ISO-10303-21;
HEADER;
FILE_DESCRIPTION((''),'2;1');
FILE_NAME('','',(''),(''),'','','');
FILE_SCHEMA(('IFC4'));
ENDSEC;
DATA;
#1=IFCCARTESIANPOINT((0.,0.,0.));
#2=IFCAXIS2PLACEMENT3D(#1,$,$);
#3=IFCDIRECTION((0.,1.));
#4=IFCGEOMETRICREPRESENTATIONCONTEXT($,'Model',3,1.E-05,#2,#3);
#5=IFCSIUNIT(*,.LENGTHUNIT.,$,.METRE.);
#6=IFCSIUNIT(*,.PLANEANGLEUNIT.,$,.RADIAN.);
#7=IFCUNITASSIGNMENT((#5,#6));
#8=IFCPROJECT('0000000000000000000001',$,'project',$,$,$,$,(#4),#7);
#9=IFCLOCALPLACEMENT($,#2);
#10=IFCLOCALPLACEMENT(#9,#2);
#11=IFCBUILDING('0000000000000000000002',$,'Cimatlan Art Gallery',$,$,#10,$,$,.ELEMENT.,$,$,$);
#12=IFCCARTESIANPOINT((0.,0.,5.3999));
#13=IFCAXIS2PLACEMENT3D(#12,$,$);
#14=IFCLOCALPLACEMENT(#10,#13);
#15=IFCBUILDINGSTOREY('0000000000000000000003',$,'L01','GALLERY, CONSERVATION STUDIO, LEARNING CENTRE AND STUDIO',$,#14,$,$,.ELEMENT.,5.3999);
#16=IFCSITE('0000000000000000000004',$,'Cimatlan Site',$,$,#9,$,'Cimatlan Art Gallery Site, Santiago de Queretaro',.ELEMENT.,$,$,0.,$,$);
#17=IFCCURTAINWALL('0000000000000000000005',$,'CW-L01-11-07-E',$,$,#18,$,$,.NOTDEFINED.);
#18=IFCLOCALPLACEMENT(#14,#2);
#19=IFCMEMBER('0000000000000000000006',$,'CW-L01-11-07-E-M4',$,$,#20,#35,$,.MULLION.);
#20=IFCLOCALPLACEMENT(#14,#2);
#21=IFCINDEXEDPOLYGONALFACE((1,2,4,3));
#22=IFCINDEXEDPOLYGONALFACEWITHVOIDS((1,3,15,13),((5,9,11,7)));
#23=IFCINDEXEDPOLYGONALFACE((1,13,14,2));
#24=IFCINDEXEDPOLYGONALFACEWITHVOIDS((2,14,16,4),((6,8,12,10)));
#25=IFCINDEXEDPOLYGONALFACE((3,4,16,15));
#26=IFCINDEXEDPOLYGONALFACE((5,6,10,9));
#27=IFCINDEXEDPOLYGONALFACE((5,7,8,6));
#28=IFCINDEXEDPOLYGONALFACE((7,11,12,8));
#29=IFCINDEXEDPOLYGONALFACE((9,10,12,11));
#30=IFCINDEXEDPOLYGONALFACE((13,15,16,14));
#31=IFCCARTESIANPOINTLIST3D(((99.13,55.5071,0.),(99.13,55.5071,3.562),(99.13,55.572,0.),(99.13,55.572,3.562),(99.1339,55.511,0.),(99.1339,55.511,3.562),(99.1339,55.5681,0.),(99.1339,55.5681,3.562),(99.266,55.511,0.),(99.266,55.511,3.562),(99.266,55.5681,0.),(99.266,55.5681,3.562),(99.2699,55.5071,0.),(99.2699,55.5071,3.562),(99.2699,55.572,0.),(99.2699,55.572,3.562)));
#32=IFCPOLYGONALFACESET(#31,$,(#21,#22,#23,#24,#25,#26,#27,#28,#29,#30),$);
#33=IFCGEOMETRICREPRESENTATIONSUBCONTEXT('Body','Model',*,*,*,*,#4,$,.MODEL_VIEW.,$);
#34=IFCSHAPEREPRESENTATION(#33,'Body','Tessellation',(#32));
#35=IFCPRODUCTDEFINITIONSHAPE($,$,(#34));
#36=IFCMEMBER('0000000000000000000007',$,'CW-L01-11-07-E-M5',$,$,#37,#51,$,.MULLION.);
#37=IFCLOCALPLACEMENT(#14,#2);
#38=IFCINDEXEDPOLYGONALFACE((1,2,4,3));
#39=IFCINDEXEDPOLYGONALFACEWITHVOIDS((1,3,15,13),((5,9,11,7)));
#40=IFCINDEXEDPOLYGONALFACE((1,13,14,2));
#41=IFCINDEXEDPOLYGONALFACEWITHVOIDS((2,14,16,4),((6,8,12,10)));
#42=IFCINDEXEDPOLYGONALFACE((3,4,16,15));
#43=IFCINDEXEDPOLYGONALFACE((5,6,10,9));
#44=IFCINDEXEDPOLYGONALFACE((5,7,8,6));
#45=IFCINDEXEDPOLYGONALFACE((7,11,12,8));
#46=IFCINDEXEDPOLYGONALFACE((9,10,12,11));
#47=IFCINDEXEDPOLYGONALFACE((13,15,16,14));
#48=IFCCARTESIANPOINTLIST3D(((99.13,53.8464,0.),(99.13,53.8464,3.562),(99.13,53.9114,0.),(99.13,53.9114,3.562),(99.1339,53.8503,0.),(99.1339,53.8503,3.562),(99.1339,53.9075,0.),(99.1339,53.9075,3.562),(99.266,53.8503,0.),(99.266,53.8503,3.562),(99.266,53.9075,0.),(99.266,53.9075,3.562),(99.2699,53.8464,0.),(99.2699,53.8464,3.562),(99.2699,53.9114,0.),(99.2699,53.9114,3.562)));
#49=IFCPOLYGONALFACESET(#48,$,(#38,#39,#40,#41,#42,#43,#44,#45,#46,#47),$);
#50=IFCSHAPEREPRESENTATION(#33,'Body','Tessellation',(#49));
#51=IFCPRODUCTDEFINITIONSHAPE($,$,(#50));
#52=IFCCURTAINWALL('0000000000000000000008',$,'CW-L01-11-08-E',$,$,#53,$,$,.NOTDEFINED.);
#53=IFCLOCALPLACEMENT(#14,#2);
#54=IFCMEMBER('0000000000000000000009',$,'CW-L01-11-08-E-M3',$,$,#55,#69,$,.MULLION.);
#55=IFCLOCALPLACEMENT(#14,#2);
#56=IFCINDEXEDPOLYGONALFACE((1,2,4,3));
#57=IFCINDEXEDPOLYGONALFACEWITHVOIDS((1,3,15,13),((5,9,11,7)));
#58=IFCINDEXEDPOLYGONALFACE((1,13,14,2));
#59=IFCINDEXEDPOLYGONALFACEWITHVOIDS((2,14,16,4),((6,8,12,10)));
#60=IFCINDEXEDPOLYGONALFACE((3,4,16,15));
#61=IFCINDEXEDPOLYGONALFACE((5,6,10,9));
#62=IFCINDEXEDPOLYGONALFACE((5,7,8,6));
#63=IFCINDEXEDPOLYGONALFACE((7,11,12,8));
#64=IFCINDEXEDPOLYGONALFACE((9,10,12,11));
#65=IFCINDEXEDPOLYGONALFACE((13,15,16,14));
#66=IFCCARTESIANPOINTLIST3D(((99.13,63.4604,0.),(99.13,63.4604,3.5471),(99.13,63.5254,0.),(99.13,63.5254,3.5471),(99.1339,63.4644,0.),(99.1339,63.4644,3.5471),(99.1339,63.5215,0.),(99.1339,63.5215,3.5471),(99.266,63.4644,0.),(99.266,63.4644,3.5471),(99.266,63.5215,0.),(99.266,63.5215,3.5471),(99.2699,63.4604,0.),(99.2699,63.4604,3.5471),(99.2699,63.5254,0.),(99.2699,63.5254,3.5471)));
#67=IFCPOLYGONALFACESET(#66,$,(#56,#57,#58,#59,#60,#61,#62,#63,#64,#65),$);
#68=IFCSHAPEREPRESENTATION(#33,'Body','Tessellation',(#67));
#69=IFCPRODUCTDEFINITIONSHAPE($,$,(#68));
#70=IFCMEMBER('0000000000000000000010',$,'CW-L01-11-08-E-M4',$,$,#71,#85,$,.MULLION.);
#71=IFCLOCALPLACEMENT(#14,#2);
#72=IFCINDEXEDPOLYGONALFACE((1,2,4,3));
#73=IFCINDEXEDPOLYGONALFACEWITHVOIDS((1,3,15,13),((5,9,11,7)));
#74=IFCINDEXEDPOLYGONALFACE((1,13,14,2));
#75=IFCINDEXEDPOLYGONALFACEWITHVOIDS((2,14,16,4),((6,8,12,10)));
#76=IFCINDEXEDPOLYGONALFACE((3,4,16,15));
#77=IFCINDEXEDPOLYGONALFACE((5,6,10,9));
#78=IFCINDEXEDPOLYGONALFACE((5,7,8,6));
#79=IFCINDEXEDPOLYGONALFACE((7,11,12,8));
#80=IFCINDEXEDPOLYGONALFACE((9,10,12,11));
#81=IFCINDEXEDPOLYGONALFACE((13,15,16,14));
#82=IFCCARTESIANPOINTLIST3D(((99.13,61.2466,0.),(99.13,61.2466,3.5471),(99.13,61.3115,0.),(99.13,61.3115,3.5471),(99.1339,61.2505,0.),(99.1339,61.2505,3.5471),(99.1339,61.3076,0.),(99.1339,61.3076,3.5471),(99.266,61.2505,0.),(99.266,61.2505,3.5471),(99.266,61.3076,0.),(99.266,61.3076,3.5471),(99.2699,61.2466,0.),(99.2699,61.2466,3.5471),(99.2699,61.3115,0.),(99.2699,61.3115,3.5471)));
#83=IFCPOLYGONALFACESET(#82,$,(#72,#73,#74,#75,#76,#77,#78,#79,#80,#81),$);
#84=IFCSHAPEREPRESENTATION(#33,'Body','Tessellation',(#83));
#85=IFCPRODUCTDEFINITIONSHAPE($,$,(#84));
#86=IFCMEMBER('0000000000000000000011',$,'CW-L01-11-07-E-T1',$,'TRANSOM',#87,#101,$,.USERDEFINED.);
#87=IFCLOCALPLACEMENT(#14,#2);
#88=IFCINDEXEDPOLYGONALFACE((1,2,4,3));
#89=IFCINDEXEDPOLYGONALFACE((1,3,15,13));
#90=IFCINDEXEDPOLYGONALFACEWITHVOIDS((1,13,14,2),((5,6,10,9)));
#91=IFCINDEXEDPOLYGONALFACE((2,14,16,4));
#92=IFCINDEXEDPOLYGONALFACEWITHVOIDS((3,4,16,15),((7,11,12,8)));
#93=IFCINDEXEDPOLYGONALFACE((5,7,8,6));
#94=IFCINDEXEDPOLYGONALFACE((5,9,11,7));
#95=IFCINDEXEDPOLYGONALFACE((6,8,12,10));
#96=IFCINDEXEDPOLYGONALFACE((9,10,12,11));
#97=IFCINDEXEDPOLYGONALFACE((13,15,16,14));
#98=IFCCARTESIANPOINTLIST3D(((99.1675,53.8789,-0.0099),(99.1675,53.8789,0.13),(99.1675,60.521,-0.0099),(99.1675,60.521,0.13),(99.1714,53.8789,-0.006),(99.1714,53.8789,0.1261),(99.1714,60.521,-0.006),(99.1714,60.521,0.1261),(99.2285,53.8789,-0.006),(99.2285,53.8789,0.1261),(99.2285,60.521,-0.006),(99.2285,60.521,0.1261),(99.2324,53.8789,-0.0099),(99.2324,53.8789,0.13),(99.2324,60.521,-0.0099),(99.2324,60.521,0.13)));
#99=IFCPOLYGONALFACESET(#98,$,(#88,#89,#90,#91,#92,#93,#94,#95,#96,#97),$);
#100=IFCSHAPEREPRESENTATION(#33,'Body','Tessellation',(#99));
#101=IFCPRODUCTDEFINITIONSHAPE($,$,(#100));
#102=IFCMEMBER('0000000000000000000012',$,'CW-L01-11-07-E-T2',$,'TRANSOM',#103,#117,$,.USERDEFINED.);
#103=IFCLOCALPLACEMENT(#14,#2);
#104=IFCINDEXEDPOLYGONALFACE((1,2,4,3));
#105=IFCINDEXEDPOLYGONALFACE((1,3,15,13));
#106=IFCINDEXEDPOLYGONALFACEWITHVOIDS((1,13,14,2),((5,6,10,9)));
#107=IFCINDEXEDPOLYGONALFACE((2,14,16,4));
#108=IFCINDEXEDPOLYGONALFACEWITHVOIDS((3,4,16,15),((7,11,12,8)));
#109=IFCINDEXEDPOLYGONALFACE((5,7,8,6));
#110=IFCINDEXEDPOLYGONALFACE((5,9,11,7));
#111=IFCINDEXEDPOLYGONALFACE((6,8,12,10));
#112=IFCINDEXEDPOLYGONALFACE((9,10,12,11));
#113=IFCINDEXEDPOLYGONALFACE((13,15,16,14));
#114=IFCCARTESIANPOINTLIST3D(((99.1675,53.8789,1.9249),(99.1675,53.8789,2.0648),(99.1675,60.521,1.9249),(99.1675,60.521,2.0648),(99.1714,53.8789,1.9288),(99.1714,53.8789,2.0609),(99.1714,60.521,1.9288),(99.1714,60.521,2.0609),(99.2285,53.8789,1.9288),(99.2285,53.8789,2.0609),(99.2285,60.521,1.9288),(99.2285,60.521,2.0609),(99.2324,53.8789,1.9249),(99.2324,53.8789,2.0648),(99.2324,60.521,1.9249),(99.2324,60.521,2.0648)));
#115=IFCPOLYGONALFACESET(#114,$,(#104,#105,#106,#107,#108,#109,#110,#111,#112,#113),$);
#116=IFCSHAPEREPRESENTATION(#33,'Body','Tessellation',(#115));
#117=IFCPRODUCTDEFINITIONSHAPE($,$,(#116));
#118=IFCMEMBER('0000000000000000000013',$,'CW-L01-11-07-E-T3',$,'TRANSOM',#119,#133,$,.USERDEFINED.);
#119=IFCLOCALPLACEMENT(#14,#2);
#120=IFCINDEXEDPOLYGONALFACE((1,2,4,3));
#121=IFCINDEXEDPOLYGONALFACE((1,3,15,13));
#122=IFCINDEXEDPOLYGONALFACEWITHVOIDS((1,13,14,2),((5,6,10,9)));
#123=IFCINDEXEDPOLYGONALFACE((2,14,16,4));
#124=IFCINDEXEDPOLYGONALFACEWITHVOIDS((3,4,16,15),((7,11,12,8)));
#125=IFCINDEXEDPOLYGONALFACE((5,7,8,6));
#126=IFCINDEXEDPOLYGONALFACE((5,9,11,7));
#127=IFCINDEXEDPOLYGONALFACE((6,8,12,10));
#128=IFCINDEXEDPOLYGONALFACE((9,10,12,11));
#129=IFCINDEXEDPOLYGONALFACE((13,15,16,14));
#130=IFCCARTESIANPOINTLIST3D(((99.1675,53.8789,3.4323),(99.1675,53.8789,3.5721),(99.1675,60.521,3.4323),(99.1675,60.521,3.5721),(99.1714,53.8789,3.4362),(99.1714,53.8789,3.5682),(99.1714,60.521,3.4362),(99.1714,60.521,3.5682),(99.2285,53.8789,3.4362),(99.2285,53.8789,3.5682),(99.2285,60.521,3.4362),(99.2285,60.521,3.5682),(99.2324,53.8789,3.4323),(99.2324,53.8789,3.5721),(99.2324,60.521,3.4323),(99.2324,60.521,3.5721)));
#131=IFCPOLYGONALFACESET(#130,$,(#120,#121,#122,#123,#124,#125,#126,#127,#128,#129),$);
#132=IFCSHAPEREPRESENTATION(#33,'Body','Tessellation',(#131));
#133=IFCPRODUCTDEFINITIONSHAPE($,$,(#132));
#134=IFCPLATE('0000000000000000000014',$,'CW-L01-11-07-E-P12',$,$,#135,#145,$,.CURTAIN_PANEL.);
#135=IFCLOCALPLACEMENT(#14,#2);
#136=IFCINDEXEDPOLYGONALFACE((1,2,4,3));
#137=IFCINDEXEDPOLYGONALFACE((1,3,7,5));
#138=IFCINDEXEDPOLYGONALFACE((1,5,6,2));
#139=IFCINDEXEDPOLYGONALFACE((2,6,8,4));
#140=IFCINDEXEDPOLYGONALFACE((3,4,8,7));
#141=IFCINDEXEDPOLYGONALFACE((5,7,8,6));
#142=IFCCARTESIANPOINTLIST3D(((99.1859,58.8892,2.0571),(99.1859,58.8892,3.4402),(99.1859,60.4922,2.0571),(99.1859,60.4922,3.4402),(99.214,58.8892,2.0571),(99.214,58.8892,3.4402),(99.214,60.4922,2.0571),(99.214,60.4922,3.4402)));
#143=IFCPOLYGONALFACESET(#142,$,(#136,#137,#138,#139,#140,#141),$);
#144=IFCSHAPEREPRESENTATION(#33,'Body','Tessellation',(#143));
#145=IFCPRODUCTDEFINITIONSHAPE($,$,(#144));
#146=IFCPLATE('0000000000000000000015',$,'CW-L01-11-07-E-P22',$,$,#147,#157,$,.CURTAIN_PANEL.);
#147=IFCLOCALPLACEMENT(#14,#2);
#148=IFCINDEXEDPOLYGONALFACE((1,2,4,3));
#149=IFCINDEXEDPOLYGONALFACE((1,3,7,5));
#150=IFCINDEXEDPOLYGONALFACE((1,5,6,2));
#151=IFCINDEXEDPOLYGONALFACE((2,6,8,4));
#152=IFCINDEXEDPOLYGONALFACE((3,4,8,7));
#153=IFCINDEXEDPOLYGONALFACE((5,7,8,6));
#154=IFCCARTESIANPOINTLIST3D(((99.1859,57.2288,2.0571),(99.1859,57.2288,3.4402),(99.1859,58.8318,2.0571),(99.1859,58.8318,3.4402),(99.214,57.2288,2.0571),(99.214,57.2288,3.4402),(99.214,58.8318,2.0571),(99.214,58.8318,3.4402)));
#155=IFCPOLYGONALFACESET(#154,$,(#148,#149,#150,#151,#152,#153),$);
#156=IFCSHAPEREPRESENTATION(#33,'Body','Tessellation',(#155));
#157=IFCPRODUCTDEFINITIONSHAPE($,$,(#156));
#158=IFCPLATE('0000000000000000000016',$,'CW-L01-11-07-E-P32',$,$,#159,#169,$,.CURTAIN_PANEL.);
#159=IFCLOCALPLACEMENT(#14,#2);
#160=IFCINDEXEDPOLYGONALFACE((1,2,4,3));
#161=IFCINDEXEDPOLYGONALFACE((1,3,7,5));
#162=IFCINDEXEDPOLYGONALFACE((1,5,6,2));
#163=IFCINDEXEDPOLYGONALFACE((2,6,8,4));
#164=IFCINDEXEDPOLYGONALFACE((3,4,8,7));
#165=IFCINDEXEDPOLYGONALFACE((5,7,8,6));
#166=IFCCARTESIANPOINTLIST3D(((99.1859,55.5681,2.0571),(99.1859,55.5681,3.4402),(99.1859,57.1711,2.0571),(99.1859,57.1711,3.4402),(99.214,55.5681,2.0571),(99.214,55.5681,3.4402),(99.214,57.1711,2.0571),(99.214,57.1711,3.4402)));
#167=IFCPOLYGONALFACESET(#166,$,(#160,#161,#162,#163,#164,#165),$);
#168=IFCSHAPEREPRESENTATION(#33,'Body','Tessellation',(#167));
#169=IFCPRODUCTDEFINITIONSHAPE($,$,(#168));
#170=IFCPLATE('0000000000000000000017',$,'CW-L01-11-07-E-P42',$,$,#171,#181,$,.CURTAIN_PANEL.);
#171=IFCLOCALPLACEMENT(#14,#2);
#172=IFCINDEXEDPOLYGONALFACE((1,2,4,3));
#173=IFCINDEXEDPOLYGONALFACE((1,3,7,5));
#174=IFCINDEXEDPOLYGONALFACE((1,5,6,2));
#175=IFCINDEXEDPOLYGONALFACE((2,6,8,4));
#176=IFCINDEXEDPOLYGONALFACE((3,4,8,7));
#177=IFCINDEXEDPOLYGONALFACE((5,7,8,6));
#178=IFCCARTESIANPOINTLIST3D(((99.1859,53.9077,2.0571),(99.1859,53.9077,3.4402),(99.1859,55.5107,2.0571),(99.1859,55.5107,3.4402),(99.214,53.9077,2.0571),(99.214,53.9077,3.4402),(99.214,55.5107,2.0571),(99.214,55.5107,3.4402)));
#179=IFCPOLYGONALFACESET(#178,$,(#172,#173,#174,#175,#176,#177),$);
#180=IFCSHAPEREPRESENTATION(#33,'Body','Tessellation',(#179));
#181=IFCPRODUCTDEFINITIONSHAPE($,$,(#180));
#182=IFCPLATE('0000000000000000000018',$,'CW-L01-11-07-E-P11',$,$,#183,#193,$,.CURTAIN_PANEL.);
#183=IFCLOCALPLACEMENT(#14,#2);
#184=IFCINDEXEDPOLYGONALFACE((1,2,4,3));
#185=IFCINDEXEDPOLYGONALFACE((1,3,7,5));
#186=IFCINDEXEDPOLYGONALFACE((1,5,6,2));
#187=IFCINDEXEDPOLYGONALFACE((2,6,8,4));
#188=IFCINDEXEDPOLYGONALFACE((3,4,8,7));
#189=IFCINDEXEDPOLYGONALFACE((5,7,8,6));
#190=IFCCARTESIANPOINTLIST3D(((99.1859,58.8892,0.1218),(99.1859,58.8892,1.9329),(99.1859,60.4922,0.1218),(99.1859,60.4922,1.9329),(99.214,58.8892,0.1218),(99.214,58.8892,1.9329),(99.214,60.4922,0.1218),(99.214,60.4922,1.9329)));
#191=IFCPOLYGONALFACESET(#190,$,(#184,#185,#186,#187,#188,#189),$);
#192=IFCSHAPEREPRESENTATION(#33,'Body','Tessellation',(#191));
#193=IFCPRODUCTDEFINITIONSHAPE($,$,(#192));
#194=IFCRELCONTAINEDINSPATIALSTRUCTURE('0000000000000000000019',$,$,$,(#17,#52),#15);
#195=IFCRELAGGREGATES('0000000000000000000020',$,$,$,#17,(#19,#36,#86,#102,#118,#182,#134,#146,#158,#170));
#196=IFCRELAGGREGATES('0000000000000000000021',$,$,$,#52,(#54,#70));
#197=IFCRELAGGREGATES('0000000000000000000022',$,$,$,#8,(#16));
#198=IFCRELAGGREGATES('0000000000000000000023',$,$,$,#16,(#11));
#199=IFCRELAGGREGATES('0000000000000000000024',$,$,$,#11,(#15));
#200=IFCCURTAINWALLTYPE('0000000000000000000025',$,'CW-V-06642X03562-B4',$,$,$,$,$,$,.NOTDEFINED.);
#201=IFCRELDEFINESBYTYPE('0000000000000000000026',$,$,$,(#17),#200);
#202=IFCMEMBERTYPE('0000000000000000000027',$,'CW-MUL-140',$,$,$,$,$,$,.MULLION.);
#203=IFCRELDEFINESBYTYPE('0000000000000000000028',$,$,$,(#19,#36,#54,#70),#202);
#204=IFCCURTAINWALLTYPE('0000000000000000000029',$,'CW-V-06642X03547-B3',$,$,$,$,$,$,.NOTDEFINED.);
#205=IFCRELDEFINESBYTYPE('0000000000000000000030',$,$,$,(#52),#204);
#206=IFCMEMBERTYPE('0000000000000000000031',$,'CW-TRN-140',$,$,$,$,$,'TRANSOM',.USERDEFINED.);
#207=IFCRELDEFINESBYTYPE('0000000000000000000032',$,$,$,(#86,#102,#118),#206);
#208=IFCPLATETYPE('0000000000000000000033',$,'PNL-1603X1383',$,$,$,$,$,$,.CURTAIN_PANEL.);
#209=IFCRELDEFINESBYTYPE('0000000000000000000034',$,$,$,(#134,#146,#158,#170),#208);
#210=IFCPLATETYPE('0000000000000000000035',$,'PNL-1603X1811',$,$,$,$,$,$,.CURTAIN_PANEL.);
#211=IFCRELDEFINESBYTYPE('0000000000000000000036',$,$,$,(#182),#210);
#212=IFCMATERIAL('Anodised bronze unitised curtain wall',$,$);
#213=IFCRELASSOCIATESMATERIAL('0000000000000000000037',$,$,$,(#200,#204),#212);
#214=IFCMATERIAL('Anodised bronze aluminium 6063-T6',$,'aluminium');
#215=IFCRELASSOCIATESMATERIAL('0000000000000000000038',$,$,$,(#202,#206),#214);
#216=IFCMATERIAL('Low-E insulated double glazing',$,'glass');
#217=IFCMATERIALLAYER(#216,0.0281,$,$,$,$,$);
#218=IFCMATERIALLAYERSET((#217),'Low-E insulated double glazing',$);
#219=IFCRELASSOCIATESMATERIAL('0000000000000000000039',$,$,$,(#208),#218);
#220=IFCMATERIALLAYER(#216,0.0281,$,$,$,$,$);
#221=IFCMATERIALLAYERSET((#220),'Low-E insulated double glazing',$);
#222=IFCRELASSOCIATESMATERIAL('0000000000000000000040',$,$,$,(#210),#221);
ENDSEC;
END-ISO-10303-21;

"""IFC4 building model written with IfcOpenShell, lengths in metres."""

from ifc_helpers import new_model, si_unit, direction, frame, origin, origin_2d, place, context, subcontext, project, spatial, rectangle, hollow_rectangle, extrude, material, layer, layer_set, material_profile, profile_set, type_object, element, aggregate, save


model = new_model("IFC4")

# Units and contexts
model_context = context("Model", 3, precision=1e-05, world=origin(), true_north=direction((0.0, 1.0)))
body_context = subcontext(model_context, "Body", "Model", "MODEL_VIEW")
ifc_project = project(units=[si_unit("LENGTHUNIT", "METRE"), si_unit("PLANEANGLEUNIT", "RADIAN")], contexts=[model_context])

# Site, building, storey
site_placement = place(None, origin())
site = spatial("IfcSite", under=ifc_project, at=site_placement, Name="Cimatlan Site", LongName="Cimatlan Art Gallery Site, Santiago de Queretaro", CompositionType="ELEMENT", RefElevation=0.0)
building_placement = place(site_placement, origin())
building = spatial("IfcBuilding", under=site, at=building_placement, Name="Cimatlan Art Gallery", CompositionType="ELEMENT")
storey_placement = place(building_placement, frame((0.0, 0.0, 5.3999)))
storey = spatial("IfcBuildingStorey", under=building, at=storey_placement, Name="L01", Description="GALLERY, CONSERVATION STUDIO, LEARNING CENTRE AND STUDIO", CompositionType="ELEMENT", Elevation=5.3999)

# Curtain walls, members
ifc_material_1 = material(Name="Anodised bronze unitised curtain wall")
curtain_wall_type_1 = type_object("IfcCurtainWallType", Name="CW-V-06642X03562-B4", PredefinedType="NOTDEFINED", material=ifc_material_1)
curtain_wall_1_placement = place(storey_placement, origin())
curtain_wall_1 = element("IfcCurtainWall", 1, at=curtain_wall_1_placement, inside=storey, type_object=curtain_wall_type_1, Name="CW-L01-11-07-E", PredefinedType="NOTDEFINED")
ifc_material_2 = material(Name="Anodised bronze aluminium 6063-T6", Category="aluminium")
ifc_material_profile_1 = material_profile(ifc_material_2, hollow_rectangle(XDim=0.0649, YDim=0.1399, WallThickness=0.0039, at=origin_2d()), Name="ALU65X140X4")
ifc_profile_set_1 = profile_set([ifc_material_profile_1], Name="Anodised bronze aluminium 6063-T6")
member_type_1 = type_object("IfcMemberType", Name="CW-MUL-140", PredefinedType="MULLION", material=ifc_profile_set_1)
member_1_placement = place(storey_placement, frame((99.2, 55.5396, 0.0), z_axis=(0.0, 0.0, 1.0), x_axis=(0.0, 1.0, 0.0)))
member_1 = element("IfcMember", 2, at=member_1_placement, type_object=member_type_1, Name="CW-L01-11-07-E-M4", PredefinedType="MULLION", context=body_context, shape_type="SweptSolid", body=[
    extrude(hollow_rectangle(XDim=0.0649, YDim=0.1399, WallThickness=0.0039, at=origin_2d()), origin(), (0.0, 0.0, 1.0), 3.562),
])
member_2_placement = place(storey_placement, frame((99.2, 53.8789, 0.0), z_axis=(0.0, 0.0, 1.0), x_axis=(0.0, 1.0, 0.0)))
member_2 = element("IfcMember", 3, at=member_2_placement, type_object=member_type_1, Name="CW-L01-11-07-E-M5", PredefinedType="MULLION", context=body_context, shape_type="SweptSolid", body=[
    extrude(hollow_rectangle(XDim=0.0649, YDim=0.1399, WallThickness=0.0039, at=origin_2d()), origin(), (0.0, 0.0, 1.0), 3.562),
])
curtain_wall_type_2 = type_object("IfcCurtainWallType", Name="CW-V-06642X03547-B3", PredefinedType="NOTDEFINED", material=ifc_material_1)
curtain_wall_2_placement = place(storey_placement, origin())
curtain_wall_2 = element("IfcCurtainWall", 4, at=curtain_wall_2_placement, inside=storey, type_object=curtain_wall_type_2, Name="CW-L01-11-08-E", PredefinedType="NOTDEFINED")
member_3_placement = place(storey_placement, frame((99.2, 63.4929, 0.0), z_axis=(0.0, 0.0, 1.0), x_axis=(0.0, 1.0, 0.0)))
member_3 = element("IfcMember", 5, at=member_3_placement, type_object=member_type_1, Name="CW-L01-11-08-E-M3", PredefinedType="MULLION", context=body_context, shape_type="SweptSolid", body=[
    extrude(hollow_rectangle(XDim=0.0649, YDim=0.1399, WallThickness=0.0039, at=origin_2d()), origin(), (0.0, 0.0, 1.0), 3.5471),
])
member_4_placement = place(storey_placement, frame((99.2, 61.2791, 0.0), z_axis=(0.0, 0.0, 1.0), x_axis=(0.0, 1.0, 0.0)))
member_4 = element("IfcMember", 6, at=member_4_placement, type_object=member_type_1, Name="CW-L01-11-08-E-M4", PredefinedType="MULLION", context=body_context, shape_type="SweptSolid", body=[
    extrude(hollow_rectangle(XDim=0.0649, YDim=0.1399, WallThickness=0.0039, at=origin_2d()), origin(), (0.0, 0.0, 1.0), 3.5471),
])

# Members
ifc_material_profile_2 = material_profile(ifc_material_2, hollow_rectangle(XDim=0.0649, YDim=0.1399, WallThickness=0.0039, at=origin_2d()), Name="ALU65X140X4")
ifc_profile_set_2 = profile_set([ifc_material_profile_2], Name="Anodised bronze aluminium 6063-T6")
member_type_2 = type_object("IfcMemberType", Name="CW-TRN-140", ElementType="TRANSOM", PredefinedType="USERDEFINED", material=ifc_profile_set_2)
member_5_placement = place(storey_placement, frame((99.2, 60.521, 0.0601), z_axis=(0.0, -1.0, 0.0), x_axis=(1.0, 0.0, 0.0)))
member_5 = element("IfcMember", 7, at=member_5_placement, type_object=member_type_2, Name="CW-L01-11-07-E-T1", ObjectType="TRANSOM", PredefinedType="USERDEFINED", context=body_context, shape_type="SweptSolid", body=[
    extrude(hollow_rectangle(XDim=0.0649, YDim=0.1399, WallThickness=0.0039, at=origin_2d()), origin(), (0.0, 0.0, 1.0), 6.6421),
])
member_6_placement = place(storey_placement, frame((99.2, 60.521, 1.9949), z_axis=(0.0, -1.0, 0.0), x_axis=(1.0, 0.0, 0.0)))
member_6 = element("IfcMember", 8, at=member_6_placement, type_object=member_type_2, Name="CW-L01-11-07-E-T2", ObjectType="TRANSOM", PredefinedType="USERDEFINED", context=body_context, shape_type="SweptSolid", body=[
    extrude(hollow_rectangle(XDim=0.0649, YDim=0.1399, WallThickness=0.0039, at=origin_2d()), origin(), (0.0, 0.0, 1.0), 6.6421),
])
member_7_placement = place(storey_placement, frame((99.2, 60.521, 3.5022), z_axis=(0.0, -1.0, 0.0), x_axis=(1.0, 0.0, 0.0)))
member_7 = element("IfcMember", 9, at=member_7_placement, type_object=member_type_2, Name="CW-L01-11-07-E-T3", ObjectType="TRANSOM", PredefinedType="USERDEFINED", context=body_context, shape_type="SweptSolid", body=[
    extrude(hollow_rectangle(XDim=0.0649, YDim=0.1399, WallThickness=0.0039, at=origin_2d()), origin(), (0.0, 0.0, 1.0), 6.6421),
])

# Plates
ifc_material_3 = material(Name="Low-E insulated double glazing", Category="glass")
ifc_layer_1 = layer(ifc_material_3, 0.0281)
ifc_layer_set_1 = layer_set([ifc_layer_1], Name="Low-E insulated double glazing")
plate_type_1 = type_object("IfcPlateType", Name="PNL-1603X1383", PredefinedType="CURTAIN_PANEL", material=ifc_layer_set_1)
plate_1_placement = place(storey_placement, frame((99.2, 59.6907, 2.0571), z_axis=(0.0, 0.0, 1.0), x_axis=(0.0, -1.0, 0.0)))
plate_1 = element("IfcPlate", 10, at=plate_1_placement, type_object=plate_type_1, Name="CW-L01-11-07-E-P12", PredefinedType="CURTAIN_PANEL", context=body_context, shape_type="SweptSolid", body=[
    extrude(rectangle(XDim=1.603, YDim=0.0281, at=origin_2d()), origin(), (0.0, 0.0, 1.0), 1.3831),
])
plate_2_placement = place(storey_placement, frame((99.2, 58.0303, 2.0571), z_axis=(0.0, 0.0, 1.0), x_axis=(0.0, -1.0, 0.0)))
plate_2 = element("IfcPlate", 11, at=plate_2_placement, type_object=plate_type_1, Name="CW-L01-11-07-E-P22", PredefinedType="CURTAIN_PANEL", context=body_context, shape_type="SweptSolid", body=[
    extrude(rectangle(XDim=1.603, YDim=0.0281, at=origin_2d()), origin(), (0.0, 0.0, 1.0), 1.3831),
])
plate_3_placement = place(storey_placement, frame((99.2, 56.3696, 2.0571), z_axis=(0.0, 0.0, 1.0), x_axis=(0.0, -1.0, 0.0)))
plate_3 = element("IfcPlate", 12, at=plate_3_placement, type_object=plate_type_1, Name="CW-L01-11-07-E-P32", PredefinedType="CURTAIN_PANEL", context=body_context, shape_type="SweptSolid", body=[
    extrude(rectangle(XDim=1.603, YDim=0.0281, at=origin_2d()), origin(), (0.0, 0.0, 1.0), 1.3831),
])
plate_4_placement = place(storey_placement, frame((99.2, 54.7092, 2.0571), z_axis=(0.0, 0.0, 1.0), x_axis=(0.0, -1.0, 0.0)))
plate_4 = element("IfcPlate", 13, at=plate_4_placement, type_object=plate_type_1, Name="CW-L01-11-07-E-P42", PredefinedType="CURTAIN_PANEL", context=body_context, shape_type="SweptSolid", body=[
    extrude(rectangle(XDim=1.603, YDim=0.0281, at=origin_2d()), origin(), (0.0, 0.0, 1.0), 1.3831),
])
ifc_layer_2 = layer(ifc_material_3, 0.0281)
ifc_layer_set_2 = layer_set([ifc_layer_2], Name="Low-E insulated double glazing")
plate_type_2 = type_object("IfcPlateType", Name="PNL-1603X1811", PredefinedType="CURTAIN_PANEL", material=ifc_layer_set_2)
plate_5_placement = place(storey_placement, frame((99.2, 59.6907, 0.1218), z_axis=(0.0, 0.0, 1.0), x_axis=(0.0, -1.0, 0.0)))
plate_5 = element("IfcPlate", 14, at=plate_5_placement, type_object=plate_type_2, Name="CW-L01-11-07-E-P11", PredefinedType="CURTAIN_PANEL", context=body_context, shape_type="SweptSolid", body=[
    extrude(rectangle(XDim=1.603, YDim=0.0281, at=origin_2d()), origin(), (0.0, 0.0, 1.0), 1.811),
])
aggregate(curtain_wall_1, [member_1, member_2, member_5, member_6, member_7, plate_5, plate_1, plate_2, plate_3, plate_4])
aggregate(curtain_wall_2, [member_3, member_4])

save(model, "model.ifc")
